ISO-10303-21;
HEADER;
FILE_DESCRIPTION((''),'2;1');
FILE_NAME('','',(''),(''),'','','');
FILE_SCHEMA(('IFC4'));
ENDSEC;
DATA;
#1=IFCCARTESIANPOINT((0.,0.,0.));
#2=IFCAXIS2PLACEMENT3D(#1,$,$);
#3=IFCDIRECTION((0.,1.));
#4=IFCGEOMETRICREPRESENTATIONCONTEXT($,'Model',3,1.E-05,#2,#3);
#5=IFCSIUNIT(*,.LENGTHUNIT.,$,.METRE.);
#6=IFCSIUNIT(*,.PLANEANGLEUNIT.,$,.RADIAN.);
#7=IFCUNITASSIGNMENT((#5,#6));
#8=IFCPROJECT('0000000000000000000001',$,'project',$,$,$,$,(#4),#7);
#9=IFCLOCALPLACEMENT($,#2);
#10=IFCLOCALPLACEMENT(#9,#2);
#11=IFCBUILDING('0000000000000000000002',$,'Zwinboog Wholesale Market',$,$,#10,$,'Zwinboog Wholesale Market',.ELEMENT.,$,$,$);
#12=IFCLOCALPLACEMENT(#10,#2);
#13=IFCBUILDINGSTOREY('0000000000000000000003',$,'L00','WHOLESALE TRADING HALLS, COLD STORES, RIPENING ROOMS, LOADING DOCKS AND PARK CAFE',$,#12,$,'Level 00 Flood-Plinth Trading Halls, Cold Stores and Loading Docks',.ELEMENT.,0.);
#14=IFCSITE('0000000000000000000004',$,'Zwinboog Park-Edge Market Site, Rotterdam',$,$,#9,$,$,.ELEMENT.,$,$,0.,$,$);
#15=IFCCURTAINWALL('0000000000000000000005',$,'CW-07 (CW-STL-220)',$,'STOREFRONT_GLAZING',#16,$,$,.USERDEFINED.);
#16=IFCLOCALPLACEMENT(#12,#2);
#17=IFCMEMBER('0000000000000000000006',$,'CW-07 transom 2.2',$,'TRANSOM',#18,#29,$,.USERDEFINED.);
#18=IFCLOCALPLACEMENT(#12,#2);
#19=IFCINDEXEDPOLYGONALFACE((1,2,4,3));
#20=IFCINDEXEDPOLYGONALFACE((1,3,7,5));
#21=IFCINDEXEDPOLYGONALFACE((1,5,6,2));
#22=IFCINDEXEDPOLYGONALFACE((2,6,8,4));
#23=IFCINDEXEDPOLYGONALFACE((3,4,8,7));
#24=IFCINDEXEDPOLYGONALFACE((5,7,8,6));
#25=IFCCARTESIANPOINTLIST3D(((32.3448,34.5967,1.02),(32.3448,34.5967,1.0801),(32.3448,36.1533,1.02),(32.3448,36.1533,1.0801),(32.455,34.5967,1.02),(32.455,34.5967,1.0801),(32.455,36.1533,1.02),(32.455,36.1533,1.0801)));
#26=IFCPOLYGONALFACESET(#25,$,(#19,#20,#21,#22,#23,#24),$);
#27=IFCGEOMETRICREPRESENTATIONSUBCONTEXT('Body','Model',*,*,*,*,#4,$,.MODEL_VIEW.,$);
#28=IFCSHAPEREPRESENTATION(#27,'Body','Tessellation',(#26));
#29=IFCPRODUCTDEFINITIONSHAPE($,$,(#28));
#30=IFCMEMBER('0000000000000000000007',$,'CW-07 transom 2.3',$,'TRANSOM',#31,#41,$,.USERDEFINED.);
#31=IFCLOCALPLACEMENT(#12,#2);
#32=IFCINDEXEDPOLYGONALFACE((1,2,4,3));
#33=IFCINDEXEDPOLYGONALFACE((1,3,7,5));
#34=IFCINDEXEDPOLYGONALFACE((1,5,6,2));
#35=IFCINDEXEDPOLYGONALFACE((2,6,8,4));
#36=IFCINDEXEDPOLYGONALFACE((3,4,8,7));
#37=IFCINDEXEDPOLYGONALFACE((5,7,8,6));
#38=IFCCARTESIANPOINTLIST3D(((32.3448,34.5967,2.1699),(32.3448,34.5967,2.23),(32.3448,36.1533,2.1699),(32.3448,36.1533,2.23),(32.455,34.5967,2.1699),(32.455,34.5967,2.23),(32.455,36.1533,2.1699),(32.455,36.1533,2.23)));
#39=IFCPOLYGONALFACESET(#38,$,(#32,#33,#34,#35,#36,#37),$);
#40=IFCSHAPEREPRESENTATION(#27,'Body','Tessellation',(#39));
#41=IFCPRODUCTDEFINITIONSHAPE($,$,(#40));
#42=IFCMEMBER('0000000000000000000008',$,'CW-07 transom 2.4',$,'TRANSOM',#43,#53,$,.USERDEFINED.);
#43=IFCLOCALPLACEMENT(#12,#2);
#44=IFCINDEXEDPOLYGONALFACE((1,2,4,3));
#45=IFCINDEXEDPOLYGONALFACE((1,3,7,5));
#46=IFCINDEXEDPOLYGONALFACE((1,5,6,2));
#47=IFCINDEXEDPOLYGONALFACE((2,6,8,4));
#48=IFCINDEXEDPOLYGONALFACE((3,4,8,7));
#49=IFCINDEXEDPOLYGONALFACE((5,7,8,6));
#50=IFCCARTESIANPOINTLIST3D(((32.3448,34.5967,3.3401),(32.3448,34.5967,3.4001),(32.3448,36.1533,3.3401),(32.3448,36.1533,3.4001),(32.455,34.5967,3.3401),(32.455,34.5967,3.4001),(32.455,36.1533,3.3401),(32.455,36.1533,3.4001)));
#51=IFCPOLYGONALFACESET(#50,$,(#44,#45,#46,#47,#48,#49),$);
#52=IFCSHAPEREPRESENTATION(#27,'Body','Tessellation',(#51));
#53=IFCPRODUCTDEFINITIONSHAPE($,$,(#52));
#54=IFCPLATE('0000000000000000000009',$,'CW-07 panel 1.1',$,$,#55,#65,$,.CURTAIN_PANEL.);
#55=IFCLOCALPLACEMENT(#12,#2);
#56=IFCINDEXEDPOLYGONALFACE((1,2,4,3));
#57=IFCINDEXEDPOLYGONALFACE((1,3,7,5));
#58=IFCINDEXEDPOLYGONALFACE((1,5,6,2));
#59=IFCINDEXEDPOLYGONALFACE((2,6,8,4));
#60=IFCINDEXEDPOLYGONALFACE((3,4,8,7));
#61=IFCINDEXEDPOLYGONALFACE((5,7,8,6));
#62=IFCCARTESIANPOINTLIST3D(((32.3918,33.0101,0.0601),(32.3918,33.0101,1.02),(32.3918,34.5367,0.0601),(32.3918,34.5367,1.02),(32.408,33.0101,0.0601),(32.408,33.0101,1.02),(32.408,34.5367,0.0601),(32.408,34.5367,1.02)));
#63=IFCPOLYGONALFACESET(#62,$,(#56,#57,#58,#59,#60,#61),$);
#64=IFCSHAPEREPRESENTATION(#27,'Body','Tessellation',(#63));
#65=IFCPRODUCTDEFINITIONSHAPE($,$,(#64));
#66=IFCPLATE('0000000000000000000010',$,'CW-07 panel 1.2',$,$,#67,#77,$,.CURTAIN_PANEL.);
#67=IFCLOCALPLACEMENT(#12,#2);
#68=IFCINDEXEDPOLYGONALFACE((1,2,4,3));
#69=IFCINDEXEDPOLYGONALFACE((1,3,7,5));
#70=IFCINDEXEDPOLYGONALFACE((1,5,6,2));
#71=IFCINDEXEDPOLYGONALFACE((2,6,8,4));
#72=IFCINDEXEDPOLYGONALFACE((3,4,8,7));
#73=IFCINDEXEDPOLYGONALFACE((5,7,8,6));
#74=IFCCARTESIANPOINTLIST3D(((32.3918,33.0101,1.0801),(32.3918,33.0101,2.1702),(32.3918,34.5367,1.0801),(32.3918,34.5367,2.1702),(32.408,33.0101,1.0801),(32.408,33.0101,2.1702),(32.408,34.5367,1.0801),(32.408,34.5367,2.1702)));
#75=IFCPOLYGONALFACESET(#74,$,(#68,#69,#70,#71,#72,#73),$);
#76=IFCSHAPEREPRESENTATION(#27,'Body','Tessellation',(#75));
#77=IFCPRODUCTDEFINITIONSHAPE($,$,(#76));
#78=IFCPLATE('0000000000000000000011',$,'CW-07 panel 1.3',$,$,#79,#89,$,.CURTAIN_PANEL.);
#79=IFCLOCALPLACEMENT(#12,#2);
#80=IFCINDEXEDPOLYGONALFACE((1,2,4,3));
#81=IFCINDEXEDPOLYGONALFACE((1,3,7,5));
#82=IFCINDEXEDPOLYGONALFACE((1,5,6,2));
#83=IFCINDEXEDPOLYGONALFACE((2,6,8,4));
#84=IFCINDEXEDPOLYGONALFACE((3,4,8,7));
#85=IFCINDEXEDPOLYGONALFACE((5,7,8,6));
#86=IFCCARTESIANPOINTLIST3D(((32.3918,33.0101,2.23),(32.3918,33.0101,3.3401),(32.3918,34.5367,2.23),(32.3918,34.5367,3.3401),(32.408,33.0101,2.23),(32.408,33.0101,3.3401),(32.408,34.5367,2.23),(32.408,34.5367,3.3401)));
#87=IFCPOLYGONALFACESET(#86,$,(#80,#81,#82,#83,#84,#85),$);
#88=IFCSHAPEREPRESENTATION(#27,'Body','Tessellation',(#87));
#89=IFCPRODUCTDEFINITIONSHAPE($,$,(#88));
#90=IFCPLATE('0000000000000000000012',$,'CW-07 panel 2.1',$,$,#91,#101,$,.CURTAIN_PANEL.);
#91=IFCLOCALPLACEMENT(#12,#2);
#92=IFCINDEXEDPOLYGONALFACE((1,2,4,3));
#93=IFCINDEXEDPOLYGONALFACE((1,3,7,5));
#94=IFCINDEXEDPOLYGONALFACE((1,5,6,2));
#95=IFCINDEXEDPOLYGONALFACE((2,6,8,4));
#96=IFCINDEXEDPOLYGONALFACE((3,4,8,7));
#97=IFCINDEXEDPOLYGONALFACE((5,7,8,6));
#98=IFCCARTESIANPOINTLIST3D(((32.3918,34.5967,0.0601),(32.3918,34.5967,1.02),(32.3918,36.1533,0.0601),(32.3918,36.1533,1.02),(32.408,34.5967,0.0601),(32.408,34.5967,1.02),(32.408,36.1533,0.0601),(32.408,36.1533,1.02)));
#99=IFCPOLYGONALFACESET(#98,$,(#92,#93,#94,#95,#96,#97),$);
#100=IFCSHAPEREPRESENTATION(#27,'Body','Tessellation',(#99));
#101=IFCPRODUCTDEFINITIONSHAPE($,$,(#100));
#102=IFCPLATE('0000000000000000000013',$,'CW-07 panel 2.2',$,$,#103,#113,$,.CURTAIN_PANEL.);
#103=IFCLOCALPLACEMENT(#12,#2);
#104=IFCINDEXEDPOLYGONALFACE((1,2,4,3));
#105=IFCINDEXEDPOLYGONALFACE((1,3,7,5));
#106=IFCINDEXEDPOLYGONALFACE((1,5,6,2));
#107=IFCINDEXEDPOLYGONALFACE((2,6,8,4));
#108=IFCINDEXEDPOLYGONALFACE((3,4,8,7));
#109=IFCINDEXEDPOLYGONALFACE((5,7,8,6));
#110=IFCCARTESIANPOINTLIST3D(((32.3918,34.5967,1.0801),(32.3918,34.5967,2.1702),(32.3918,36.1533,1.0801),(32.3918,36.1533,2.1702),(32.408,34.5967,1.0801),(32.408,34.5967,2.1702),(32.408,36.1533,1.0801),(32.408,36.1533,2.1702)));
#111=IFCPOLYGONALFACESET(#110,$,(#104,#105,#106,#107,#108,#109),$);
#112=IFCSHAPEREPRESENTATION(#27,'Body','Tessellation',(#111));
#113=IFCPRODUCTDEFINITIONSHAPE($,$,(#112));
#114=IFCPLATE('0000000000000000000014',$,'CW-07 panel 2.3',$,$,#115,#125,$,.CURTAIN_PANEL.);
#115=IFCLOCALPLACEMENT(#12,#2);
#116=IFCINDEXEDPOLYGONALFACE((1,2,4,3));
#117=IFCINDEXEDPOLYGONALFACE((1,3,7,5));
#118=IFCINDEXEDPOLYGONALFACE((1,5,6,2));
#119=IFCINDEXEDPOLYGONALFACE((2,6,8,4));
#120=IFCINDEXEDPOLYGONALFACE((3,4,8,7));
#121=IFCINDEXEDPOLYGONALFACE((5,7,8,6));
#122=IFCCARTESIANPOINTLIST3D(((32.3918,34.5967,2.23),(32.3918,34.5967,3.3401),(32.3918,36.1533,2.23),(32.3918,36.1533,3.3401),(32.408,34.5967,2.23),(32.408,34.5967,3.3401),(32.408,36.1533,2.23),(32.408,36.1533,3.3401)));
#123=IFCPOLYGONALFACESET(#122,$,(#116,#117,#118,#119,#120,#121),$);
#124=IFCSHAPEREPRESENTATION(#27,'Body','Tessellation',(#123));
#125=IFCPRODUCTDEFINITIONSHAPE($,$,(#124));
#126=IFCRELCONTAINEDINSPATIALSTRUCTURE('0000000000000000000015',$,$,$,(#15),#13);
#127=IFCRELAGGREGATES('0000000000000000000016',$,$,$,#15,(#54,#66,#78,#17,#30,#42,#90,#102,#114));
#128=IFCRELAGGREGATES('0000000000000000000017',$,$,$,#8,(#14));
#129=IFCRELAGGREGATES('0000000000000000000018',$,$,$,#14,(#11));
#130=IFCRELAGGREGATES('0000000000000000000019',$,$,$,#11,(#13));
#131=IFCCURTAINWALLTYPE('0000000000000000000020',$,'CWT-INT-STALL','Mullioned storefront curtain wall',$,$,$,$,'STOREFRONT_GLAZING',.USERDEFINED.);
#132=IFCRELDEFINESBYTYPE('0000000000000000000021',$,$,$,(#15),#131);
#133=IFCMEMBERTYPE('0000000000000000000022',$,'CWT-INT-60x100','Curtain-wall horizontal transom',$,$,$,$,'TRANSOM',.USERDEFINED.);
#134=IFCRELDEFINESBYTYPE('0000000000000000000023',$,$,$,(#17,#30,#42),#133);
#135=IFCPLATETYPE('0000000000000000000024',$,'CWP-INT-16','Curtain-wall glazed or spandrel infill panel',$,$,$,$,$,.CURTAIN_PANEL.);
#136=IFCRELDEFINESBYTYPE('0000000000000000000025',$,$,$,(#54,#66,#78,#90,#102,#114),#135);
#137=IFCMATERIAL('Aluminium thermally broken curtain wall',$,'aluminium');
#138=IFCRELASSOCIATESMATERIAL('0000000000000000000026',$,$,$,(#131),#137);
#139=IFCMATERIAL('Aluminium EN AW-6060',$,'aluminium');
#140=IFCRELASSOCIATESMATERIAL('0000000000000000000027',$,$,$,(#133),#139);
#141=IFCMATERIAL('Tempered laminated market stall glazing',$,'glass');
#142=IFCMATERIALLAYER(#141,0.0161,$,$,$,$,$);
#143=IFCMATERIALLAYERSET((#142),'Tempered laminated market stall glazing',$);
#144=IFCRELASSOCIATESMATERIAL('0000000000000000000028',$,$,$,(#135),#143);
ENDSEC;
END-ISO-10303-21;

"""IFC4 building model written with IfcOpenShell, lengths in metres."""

from ifc_helpers import new_model, si_unit, direction, frame, origin, origin_2d, place, context, subcontext, project, spatial, rectangle, extrude, material, layer, layer_set, material_profile, profile_set, type_object, element, aggregate, save


model = new_model("IFC4")

# Units and contexts
model_context = context("Model", 3, precision=1e-05, world=origin(), true_north=direction((0.0, 1.0)))
body_context = subcontext(model_context, "Body", "Model", "MODEL_VIEW")
ifc_project = project(units=[si_unit("LENGTHUNIT", "METRE"), si_unit("PLANEANGLEUNIT", "RADIAN")], contexts=[model_context])

# Site, building, storey
site_placement = place(None, origin())
site = spatial("IfcSite", under=ifc_project, at=site_placement, Name="Zwinboog Park-Edge Market Site, Rotterdam", CompositionType="ELEMENT", RefElevation=0.0)
building_placement = place(site_placement, origin())
building = spatial("IfcBuilding", under=site, at=building_placement, Name="Zwinboog Wholesale Market", LongName="Zwinboog Wholesale Market", CompositionType="ELEMENT")
storey_placement = place(building_placement, origin())
storey = spatial("IfcBuildingStorey", under=building, at=storey_placement, Name="L00", Description="WHOLESALE TRADING HALLS, COLD STORES, RIPENING ROOMS, LOADING DOCKS AND PARK CAFE", LongName="Level 00 Flood-Plinth Trading Halls, Cold Stores and Loading Docks", CompositionType="ELEMENT", Elevation=0.0)

# Curtain wall, members, plates
ifc_material_1 = material(Name="Aluminium thermally broken curtain wall", Category="aluminium")
curtain_wall_type = type_object("IfcCurtainWallType", Name="CWT-INT-STALL", Description="Mullioned storefront curtain wall", ElementType="STOREFRONT_GLAZING", PredefinedType="USERDEFINED", material=ifc_material_1)
curtain_wall_placement = place(storey_placement, origin())
curtain_wall = element("IfcCurtainWall", 1, at=curtain_wall_placement, inside=storey, type_object=curtain_wall_type, Name="CW-07 (CW-STL-220)", ObjectType="STOREFRONT_GLAZING", PredefinedType="USERDEFINED")
ifc_material_2 = material(Name="Aluminium EN AW-6060", Category="aluminium")
ifc_material_profile_1 = material_profile(ifc_material_2, rectangle(XDim=0.1101, YDim=0.0601, at=origin_2d()), Name="AL 60x110")
ifc_profile_set_1 = profile_set([ifc_material_profile_1], Name="Aluminium EN AW-6060")
member_type_1 = type_object("IfcMemberType", Name="CWT-INT-60x100", Description="Curtain-wall horizontal transom", ElementType="TRANSOM", PredefinedType="USERDEFINED", material=ifc_profile_set_1)
member_1_placement = place(storey_placement, frame((32.3999, 34.5967, 1.05), z_axis=(0.0, 1.0, 0.0), x_axis=(-1.0, 0.0, 0.0)))
member_1 = element("IfcMember", 2, at=member_1_placement, type_object=member_type_1, Name="CW-07 transom 2.2", ObjectType="TRANSOM", PredefinedType="USERDEFINED", context=body_context, shape_type="SweptSolid", body=[
    extrude(rectangle(XDim=0.1101, YDim=0.0601, at=origin_2d()), origin(), (0.0, 0.0, 1.0), 1.5566),
])
member_2_placement = place(storey_placement, frame((32.3999, 34.5967, 2.2), z_axis=(0.0, 1.0, 0.0), x_axis=(-1.0, 0.0, 0.0)))
member_2 = element("IfcMember", 3, at=member_2_placement, type_object=member_type_1, Name="CW-07 transom 2.3", ObjectType="TRANSOM", PredefinedType="USERDEFINED", context=body_context, shape_type="SweptSolid", body=[
    extrude(rectangle(XDim=0.1101, YDim=0.0601, at=origin_2d()), origin(), (0.0, 0.0, 1.0), 1.5566),
])
member_3_placement = place(storey_placement, frame((32.3999, 34.5967, 3.3701), z_axis=(0.0, 1.0, 0.0), x_axis=(-1.0, 0.0, 0.0)))
member_3 = element("IfcMember", 4, at=member_3_placement, type_object=member_type_1, Name="CW-07 transom 2.4", ObjectType="TRANSOM", PredefinedType="USERDEFINED", context=body_context, shape_type="SweptSolid", body=[
    extrude(rectangle(XDim=0.1101, YDim=0.0601, at=origin_2d()), origin(), (0.0, 0.0, 1.0), 1.5566),
])
ifc_material_3 = material(Name="Tempered laminated market stall glazing", Category="glass")
ifc_layer = layer(ifc_material_3, 0.0161)
ifc_layer_set = layer_set([ifc_layer], Name="Tempered laminated market stall glazing")
plate_type = type_object("IfcPlateType", Name="CWP-INT-16", Description="Curtain-wall glazed or spandrel infill panel", PredefinedType="CURTAIN_PANEL", material=ifc_layer_set)
plate_1_placement = place(storey_placement, frame((32.3999, 33.7734, 0.0601), z_axis=(0.0, 0.0, 1.0), x_axis=(0.0, 1.0, 0.0)))
plate_1 = element("IfcPlate", 5, at=plate_1_placement, type_object=plate_type, Name="CW-07 panel 1.1", PredefinedType="CURTAIN_PANEL", context=body_context, shape_type="SweptSolid", body=[
    extrude(rectangle(XDim=1.5266, YDim=0.0161, at=origin_2d()), origin(), (0.0, 0.0, 1.0), 0.96),
])
plate_2_placement = place(storey_placement, frame((32.3999, 33.7734, 1.0801), z_axis=(0.0, 0.0, 1.0), x_axis=(0.0, 1.0, 0.0)))
plate_2 = element("IfcPlate", 6, at=plate_2_placement, type_object=plate_type, Name="CW-07 panel 1.2", PredefinedType="CURTAIN_PANEL", context=body_context, shape_type="SweptSolid", body=[
    extrude(rectangle(XDim=1.5266, YDim=0.0161, at=origin_2d()), origin(), (0.0, 0.0, 1.0), 1.0901),
])
plate_3_placement = place(storey_placement, frame((32.3999, 33.7734, 2.23), z_axis=(0.0, 0.0, 1.0), x_axis=(0.0, 1.0, 0.0)))
plate_3 = element("IfcPlate", 7, at=plate_3_placement, type_object=plate_type, Name="CW-07 panel 1.3", PredefinedType="CURTAIN_PANEL", context=body_context, shape_type="SweptSolid", body=[
    extrude(rectangle(XDim=1.5266, YDim=0.0161, at=origin_2d()), origin(), (0.0, 0.0, 1.0), 1.1101),
])
plate_4_placement = place(storey_placement, frame((32.3999, 35.375, 0.0601), z_axis=(0.0, 0.0, 1.0), x_axis=(0.0, 1.0, 0.0)))
plate_4 = element("IfcPlate", 8, at=plate_4_placement, type_object=plate_type, Name="CW-07 panel 2.1", PredefinedType="CURTAIN_PANEL", context=body_context, shape_type="SweptSolid", body=[
    extrude(rectangle(XDim=1.5566, YDim=0.0161, at=origin_2d()), origin(), (0.0, 0.0, 1.0), 0.96),
])
plate_5_placement = place(storey_placement, frame((32.3999, 35.375, 1.0801), z_axis=(0.0, 0.0, 1.0), x_axis=(0.0, 1.0, 0.0)))
plate_5 = element("IfcPlate", 9, at=plate_5_placement, type_object=plate_type, Name="CW-07 panel 2.2", PredefinedType="CURTAIN_PANEL", context=body_context, shape_type="SweptSolid", body=[
    extrude(rectangle(XDim=1.5566, YDim=0.0161, at=origin_2d()), origin(), (0.0, 0.0, 1.0), 1.0901),
])
plate_6_placement = place(storey_placement, frame((32.3999, 35.375, 2.23), z_axis=(0.0, 0.0, 1.0), x_axis=(0.0, 1.0, 0.0)))
plate_6 = element("IfcPlate", 10, at=plate_6_placement, type_object=plate_type, Name="CW-07 panel 2.3", PredefinedType="CURTAIN_PANEL", context=body_context, shape_type="SweptSolid", body=[
    extrude(rectangle(XDim=1.5566, YDim=0.0161, at=origin_2d()), origin(), (0.0, 0.0, 1.0), 1.1101),
])
aggregate(curtain_wall, [plate_1, plate_2, plate_3, member_1, member_2, member_3, plate_4, plate_5, plate_6])

save(model, "model.ifc")
